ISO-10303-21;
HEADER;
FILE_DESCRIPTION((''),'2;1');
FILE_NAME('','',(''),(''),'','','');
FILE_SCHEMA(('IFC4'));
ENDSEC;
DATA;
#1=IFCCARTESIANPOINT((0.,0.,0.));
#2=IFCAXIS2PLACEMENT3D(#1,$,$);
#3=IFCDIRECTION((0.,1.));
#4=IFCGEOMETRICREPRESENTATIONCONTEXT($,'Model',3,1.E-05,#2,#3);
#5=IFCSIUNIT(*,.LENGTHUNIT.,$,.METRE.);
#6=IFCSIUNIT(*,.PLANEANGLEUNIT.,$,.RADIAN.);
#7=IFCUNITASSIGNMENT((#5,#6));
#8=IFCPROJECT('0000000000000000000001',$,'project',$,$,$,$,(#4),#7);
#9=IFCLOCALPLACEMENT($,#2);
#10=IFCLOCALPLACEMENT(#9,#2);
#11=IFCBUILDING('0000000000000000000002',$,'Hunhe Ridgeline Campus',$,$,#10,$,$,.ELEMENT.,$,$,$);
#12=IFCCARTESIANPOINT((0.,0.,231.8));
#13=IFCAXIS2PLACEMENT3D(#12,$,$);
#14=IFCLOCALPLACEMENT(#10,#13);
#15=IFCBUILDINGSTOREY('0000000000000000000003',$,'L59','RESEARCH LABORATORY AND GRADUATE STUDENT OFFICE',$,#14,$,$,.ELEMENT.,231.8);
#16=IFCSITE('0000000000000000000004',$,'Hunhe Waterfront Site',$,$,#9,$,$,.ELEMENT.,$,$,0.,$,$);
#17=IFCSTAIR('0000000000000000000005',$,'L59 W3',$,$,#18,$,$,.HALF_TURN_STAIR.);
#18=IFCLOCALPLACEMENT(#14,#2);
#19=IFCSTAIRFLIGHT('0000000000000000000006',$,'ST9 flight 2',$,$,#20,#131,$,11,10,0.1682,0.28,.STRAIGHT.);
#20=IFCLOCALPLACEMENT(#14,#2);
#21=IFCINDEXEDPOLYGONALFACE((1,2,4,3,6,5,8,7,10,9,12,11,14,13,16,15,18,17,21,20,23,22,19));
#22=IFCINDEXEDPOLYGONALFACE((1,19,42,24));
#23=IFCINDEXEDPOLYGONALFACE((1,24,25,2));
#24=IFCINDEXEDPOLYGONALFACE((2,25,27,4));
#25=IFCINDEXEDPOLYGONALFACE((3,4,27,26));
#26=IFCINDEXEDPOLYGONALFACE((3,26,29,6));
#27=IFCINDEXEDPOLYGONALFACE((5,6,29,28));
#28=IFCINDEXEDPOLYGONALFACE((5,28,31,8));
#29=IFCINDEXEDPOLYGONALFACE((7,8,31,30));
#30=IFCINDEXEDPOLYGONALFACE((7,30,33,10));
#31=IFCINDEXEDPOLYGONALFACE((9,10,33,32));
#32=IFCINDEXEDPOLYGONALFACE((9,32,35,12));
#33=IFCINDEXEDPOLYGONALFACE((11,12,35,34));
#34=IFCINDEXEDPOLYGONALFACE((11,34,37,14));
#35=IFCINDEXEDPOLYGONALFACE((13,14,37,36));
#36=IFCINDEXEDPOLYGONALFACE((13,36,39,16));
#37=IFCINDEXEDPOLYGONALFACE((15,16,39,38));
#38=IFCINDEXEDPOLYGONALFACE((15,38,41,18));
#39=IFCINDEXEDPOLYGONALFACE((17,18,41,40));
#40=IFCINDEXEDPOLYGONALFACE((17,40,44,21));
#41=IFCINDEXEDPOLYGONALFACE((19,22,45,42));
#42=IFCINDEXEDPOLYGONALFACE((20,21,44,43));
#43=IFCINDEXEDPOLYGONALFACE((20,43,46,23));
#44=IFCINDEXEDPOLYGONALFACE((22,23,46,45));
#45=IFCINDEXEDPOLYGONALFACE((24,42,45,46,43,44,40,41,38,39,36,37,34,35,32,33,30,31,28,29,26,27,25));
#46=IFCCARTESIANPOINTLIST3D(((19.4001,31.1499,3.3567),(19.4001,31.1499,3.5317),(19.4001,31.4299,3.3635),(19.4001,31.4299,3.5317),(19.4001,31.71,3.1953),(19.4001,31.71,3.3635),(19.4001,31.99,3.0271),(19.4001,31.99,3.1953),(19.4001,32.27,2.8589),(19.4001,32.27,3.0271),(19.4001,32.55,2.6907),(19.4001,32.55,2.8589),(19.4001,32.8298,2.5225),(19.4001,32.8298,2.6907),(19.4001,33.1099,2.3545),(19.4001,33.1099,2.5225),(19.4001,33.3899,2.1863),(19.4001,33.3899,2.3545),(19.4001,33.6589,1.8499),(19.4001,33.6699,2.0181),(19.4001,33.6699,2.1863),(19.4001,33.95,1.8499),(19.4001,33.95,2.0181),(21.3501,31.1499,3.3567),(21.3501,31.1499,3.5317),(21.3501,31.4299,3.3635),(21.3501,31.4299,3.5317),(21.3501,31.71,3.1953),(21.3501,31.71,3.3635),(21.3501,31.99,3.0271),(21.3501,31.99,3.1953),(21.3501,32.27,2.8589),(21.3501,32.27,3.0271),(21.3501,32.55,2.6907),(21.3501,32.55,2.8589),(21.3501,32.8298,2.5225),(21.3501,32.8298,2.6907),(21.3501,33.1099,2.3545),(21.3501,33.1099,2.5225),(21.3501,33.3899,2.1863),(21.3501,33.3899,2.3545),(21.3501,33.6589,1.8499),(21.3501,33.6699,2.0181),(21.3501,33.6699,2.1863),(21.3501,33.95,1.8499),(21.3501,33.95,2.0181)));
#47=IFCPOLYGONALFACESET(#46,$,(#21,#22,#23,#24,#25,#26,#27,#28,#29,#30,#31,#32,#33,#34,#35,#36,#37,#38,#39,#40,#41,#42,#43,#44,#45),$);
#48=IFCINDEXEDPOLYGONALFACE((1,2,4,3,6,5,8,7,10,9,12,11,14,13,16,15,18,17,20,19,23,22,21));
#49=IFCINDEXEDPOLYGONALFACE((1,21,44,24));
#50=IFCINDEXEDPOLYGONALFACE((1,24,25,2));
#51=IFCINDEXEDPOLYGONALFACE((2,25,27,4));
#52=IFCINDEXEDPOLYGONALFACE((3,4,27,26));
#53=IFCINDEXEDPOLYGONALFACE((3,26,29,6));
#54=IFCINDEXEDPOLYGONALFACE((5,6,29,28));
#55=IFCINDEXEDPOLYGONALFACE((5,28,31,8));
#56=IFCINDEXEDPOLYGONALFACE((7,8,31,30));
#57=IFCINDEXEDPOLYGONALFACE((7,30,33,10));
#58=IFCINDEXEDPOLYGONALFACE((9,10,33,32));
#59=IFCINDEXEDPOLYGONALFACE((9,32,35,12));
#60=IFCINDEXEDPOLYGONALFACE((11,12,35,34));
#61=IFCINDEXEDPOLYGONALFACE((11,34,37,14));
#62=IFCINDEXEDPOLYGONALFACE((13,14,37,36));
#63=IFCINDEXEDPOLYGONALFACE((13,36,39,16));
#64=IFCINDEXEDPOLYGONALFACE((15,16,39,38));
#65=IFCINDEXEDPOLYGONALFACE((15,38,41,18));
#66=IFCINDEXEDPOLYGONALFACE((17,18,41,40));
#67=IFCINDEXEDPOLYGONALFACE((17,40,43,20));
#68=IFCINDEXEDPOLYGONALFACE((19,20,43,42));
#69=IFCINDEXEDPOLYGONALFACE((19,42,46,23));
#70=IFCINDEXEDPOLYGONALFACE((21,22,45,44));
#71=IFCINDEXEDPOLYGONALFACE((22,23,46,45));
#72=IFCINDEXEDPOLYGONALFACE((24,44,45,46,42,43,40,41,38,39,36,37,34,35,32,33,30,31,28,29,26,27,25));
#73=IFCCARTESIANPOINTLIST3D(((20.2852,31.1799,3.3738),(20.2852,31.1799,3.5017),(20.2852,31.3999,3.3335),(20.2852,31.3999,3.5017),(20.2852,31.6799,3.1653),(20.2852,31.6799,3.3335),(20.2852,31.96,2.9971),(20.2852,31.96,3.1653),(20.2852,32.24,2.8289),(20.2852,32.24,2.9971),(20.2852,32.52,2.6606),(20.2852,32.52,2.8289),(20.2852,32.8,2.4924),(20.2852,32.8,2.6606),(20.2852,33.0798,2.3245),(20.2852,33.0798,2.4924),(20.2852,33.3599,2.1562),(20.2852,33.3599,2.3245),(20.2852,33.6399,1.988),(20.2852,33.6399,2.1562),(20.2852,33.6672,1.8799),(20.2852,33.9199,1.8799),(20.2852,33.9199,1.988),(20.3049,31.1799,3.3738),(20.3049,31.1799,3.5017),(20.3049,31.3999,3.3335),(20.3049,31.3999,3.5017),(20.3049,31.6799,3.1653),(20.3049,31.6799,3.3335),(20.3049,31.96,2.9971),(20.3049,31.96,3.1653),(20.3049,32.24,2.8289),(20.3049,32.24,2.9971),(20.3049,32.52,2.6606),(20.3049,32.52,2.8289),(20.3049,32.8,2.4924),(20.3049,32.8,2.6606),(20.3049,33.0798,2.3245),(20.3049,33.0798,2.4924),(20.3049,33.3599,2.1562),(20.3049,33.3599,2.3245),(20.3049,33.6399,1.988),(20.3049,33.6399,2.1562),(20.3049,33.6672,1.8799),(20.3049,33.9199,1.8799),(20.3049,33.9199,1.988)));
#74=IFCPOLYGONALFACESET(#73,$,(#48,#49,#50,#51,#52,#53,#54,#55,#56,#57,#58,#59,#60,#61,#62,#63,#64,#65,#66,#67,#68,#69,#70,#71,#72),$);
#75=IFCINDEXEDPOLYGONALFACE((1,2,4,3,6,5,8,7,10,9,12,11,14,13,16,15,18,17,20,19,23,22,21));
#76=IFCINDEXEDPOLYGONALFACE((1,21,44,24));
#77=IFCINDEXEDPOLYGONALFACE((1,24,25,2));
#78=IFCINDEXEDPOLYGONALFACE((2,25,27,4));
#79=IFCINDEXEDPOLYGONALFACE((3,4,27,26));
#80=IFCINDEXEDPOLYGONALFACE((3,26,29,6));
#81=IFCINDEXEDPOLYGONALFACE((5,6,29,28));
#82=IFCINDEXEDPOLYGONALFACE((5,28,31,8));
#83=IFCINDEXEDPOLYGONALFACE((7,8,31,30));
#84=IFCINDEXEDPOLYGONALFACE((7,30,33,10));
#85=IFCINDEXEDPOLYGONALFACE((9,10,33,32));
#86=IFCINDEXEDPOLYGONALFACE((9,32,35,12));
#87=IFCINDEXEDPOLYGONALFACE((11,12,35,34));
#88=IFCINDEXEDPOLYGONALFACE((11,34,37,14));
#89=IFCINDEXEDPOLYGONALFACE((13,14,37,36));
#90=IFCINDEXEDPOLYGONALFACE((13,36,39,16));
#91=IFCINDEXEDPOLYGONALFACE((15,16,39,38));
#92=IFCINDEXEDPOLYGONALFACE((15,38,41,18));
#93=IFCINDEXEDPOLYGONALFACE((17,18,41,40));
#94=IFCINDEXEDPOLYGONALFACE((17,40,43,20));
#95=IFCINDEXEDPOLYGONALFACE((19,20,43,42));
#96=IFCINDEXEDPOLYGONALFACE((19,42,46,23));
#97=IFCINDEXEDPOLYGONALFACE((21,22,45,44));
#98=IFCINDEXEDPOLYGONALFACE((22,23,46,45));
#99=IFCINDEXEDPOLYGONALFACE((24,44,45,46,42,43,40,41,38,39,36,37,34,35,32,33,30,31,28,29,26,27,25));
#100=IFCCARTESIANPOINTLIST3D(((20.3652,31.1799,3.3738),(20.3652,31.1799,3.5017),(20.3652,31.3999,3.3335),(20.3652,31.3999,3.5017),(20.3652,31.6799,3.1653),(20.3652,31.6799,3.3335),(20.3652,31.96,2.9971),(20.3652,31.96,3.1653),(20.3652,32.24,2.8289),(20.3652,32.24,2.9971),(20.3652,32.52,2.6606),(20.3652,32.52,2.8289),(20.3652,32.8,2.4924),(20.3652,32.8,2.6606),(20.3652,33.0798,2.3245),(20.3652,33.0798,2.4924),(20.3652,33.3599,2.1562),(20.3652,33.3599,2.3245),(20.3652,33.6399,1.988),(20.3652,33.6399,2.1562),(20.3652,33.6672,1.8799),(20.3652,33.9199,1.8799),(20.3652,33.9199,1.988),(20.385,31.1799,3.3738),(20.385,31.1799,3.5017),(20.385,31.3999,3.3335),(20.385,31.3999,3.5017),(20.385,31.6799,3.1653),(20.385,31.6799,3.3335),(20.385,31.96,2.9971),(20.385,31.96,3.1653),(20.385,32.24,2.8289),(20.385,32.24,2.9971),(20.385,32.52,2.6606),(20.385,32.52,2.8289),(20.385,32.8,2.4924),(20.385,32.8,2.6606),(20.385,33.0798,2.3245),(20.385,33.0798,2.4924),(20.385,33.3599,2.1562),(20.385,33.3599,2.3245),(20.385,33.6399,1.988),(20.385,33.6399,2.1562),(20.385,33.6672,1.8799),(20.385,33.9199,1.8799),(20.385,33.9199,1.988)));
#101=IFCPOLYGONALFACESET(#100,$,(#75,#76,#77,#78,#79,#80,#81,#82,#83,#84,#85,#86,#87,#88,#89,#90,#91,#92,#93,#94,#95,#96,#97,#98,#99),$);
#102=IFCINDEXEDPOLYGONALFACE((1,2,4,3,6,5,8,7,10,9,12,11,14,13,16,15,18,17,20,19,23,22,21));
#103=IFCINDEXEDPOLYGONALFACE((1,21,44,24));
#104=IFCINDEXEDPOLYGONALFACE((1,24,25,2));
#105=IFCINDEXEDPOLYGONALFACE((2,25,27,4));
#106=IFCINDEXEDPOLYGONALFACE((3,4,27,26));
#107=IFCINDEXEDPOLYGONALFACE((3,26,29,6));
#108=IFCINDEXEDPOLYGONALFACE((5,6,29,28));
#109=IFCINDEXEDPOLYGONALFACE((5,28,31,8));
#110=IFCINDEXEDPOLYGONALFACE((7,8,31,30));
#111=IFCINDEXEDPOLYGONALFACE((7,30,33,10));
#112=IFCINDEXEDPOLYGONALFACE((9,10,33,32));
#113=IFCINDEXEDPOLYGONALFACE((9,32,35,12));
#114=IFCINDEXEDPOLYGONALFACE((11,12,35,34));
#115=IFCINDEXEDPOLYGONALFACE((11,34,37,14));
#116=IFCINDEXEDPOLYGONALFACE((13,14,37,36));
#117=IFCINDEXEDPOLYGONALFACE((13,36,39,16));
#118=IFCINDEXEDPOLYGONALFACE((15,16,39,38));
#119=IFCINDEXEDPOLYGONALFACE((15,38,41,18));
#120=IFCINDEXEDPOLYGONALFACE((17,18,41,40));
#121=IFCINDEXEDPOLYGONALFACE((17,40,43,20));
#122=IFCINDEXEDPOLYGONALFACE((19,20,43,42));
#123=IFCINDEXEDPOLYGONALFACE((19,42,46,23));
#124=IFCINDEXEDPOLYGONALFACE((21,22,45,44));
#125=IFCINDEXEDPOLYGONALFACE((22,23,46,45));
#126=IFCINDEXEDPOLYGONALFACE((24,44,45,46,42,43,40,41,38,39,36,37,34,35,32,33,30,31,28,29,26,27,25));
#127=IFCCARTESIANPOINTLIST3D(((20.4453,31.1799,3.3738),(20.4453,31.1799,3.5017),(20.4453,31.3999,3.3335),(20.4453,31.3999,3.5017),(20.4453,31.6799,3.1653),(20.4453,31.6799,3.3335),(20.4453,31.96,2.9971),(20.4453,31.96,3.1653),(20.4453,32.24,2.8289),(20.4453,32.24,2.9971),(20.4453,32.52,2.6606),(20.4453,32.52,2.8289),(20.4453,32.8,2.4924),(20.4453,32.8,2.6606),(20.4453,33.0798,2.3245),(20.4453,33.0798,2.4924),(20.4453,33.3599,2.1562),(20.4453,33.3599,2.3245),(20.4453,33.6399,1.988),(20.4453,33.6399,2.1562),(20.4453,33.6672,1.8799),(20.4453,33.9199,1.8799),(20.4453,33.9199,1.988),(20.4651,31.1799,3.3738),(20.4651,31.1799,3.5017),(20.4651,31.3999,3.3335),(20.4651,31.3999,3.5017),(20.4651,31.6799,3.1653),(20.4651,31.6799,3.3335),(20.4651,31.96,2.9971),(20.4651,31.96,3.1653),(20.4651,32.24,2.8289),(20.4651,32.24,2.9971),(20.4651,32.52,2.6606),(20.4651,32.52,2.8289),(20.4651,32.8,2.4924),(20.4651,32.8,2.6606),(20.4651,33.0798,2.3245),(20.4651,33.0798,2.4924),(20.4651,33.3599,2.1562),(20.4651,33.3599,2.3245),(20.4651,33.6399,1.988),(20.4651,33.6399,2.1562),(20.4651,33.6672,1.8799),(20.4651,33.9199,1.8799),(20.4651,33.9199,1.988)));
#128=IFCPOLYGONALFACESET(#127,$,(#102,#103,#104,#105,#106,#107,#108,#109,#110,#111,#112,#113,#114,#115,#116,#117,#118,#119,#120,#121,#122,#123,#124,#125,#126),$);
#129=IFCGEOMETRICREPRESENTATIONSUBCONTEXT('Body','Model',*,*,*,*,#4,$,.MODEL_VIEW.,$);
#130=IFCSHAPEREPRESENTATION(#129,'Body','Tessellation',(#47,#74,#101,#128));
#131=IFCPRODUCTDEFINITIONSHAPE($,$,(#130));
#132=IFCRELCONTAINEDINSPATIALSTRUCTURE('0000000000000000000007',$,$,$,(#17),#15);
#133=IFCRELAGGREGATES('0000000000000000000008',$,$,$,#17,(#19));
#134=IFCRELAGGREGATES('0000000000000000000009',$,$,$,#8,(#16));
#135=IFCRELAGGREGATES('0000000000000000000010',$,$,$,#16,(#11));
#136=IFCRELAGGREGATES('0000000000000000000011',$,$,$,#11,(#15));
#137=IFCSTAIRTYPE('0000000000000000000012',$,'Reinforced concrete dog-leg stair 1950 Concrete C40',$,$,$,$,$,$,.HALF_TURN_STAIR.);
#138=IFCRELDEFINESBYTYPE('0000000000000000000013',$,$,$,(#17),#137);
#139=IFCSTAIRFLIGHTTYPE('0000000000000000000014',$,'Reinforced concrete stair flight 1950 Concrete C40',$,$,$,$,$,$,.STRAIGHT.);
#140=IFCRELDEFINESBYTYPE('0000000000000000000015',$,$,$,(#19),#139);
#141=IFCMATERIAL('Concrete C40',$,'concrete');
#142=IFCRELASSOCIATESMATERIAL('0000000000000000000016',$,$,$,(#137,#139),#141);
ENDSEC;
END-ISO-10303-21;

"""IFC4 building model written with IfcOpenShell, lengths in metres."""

from ifc_helpers import new_model, si_unit, direction, frame, origin, place, context, subcontext, project, spatial, polyline, outline, extrude, material, type_object, element, aggregate, save


model = new_model("IFC4")

# Units and contexts
model_context = context("Model", 3, precision=1e-05, world=origin(), true_north=direction((0.0, 1.0)))
body_context = subcontext(model_context, "Body", "Model", "MODEL_VIEW")
ifc_project = project(units=[si_unit("LENGTHUNIT", "METRE"), si_unit("PLANEANGLEUNIT", "RADIAN")], contexts=[model_context])

# Site, building, storey
site_placement = place(None, origin())
site = spatial("IfcSite", under=ifc_project, at=site_placement, Name="Hunhe Waterfront Site", CompositionType="ELEMENT", RefElevation=0.0)
building_placement = place(site_placement, origin())
building = spatial("IfcBuilding", under=site, at=building_placement, Name="Hunhe Ridgeline Campus", CompositionType="ELEMENT")
storey_placement = place(building_placement, frame((0.0, 0.0, 231.8)))
storey = spatial("IfcBuildingStorey", under=building, at=storey_placement, Name="L59", Description="RESEARCH LABORATORY AND GRADUATE STUDENT OFFICE", CompositionType="ELEMENT", Elevation=231.8)

# Stair, stair flight
ifc_material_1 = material(Name="Concrete C40", Category="concrete")
stair_type = type_object("IfcStairType", Name="Reinforced concrete dog-leg stair 1950 Concrete C40", PredefinedType="HALF_TURN_STAIR", material=ifc_material_1)
stair_placement = place(storey_placement, origin())
stair = element("IfcStair", 1, at=stair_placement, inside=storey, type_object=stair_type, Name="L59 W3", PredefinedType="HALF_TURN_STAIR")
stair_flight_type = type_object("IfcStairFlightType", Name="Reinforced concrete stair flight 1950 Concrete C40", PredefinedType="STRAIGHT", material=ifc_material_1)
stair_flight_1_placement = place(storey_placement, frame((20.375, 33.95, 1.8499), z_axis=(0.0, 0.0, 1.0), x_axis=(0.0, -1.0, 0.0)))
stair_flight_1 = element("IfcStairFlight", 2, at=stair_flight_1_placement, type_object=stair_flight_type, Name="ST9 flight 2", NumberOfRisers=11, NumberOfTreads=10, PredefinedType="STRAIGHT", RiserHeight=0.1682, TreadLength=0.28, context=body_context, shape_type="SweptSolid", body=[
    extrude(outline(polyline([(0.0, 0.0), (0.0, 0.1682), (0.28, 0.1682), (0.28, 0.3364), (0.5601, 0.3364), (0.5601, 0.5046), (0.8401, 0.5046), (0.8401, 0.6726), (1.1201, 0.6726), (1.1201, 0.8408), (1.3999, 0.8408), (1.3999, 1.009), (1.6799, 1.009), (1.6799, 1.1772), (1.96, 1.1772), (1.96, 1.3455), (2.24, 1.3455), (2.24, 1.5137), (2.52, 1.5137), (2.52, 1.6819), (2.8, 1.6819), (2.8, 1.8501), (2.8, 1.5068), (0.291, 0.0), (0.0, 0.0)])), frame((0.0, 0.9751, 0.0), z_axis=(0.0, -1.0, 0.0), x_axis=(1.0, 0.0, 0.0)), (0.0, 0.0, 1.0), 1.95),
    extrude(outline(polyline([(0.03, 0.03), (0.03, 0.1382), (0.3101, 0.1382), (0.3101, 0.3064), (0.5901, 0.3064), (0.5901, 0.4746), (0.8701, 0.4746), (0.8701, 0.6426), (1.1499, 0.6426), (1.1499, 0.8108), (1.4299, 0.8108), (1.4299, 0.979), (1.71, 0.979), (1.71, 1.1472), (1.99, 1.1472), (1.99, 1.3154), (2.27, 1.3154), (2.27, 1.4836), (2.55, 1.4836), (2.55, 1.6519), (2.77, 1.6519), (2.77, 1.5239), (0.2827, 0.03), (0.03, 0.03)])), frame((0.0, -0.0701, 0.0), z_axis=(0.0, -1.0, 0.0), x_axis=(1.0, 0.0, 0.0)), (0.0, 0.0, 1.0), 0.0198),
    extrude(outline(polyline([(0.03, 0.03), (0.03, 0.1382), (0.3101, 0.1382), (0.3101, 0.3064), (0.5901, 0.3064), (0.5901, 0.4746), (0.8701, 0.4746), (0.8701, 0.6426), (1.1499, 0.6426), (1.1499, 0.8108), (1.4299, 0.8108), (1.4299, 0.979), (1.71, 0.979), (1.71, 1.1472), (1.99, 1.1472), (1.99, 1.3154), (2.27, 1.3154), (2.27, 1.4836), (2.55, 1.4836), (2.55, 1.6519), (2.77, 1.6519), (2.77, 1.5239), (0.2827, 0.03), (0.03, 0.03)])), frame((0.0, 0.01, 0.0), z_axis=(0.0, -1.0, 0.0), x_axis=(1.0, 0.0, 0.0)), (0.0, 0.0, 1.0), 0.0198),
    extrude(outline(polyline([(0.03, 0.03), (0.03, 0.1382), (0.3101, 0.1382), (0.3101, 0.3064), (0.5901, 0.3064), (0.5901, 0.4746), (0.8701, 0.4746), (0.8701, 0.6426), (1.1499, 0.6426), (1.1499, 0.8108), (1.4299, 0.8108), (1.4299, 0.979), (1.71, 0.979), (1.71, 1.1472), (1.99, 1.1472), (1.99, 1.3154), (2.27, 1.3154), (2.27, 1.4836), (2.55, 1.4836), (2.55, 1.6519), (2.77, 1.6519), (2.77, 1.5239), (0.2827, 0.03), (0.03, 0.03)])), frame((0.0, 0.0901, 0.0), z_axis=(0.0, -1.0, 0.0), x_axis=(1.0, 0.0, 0.0)), (0.0, 0.0, 1.0), 0.0198),
])
aggregate(stair, [stair_flight_1])

save(model, "model.ifc")
